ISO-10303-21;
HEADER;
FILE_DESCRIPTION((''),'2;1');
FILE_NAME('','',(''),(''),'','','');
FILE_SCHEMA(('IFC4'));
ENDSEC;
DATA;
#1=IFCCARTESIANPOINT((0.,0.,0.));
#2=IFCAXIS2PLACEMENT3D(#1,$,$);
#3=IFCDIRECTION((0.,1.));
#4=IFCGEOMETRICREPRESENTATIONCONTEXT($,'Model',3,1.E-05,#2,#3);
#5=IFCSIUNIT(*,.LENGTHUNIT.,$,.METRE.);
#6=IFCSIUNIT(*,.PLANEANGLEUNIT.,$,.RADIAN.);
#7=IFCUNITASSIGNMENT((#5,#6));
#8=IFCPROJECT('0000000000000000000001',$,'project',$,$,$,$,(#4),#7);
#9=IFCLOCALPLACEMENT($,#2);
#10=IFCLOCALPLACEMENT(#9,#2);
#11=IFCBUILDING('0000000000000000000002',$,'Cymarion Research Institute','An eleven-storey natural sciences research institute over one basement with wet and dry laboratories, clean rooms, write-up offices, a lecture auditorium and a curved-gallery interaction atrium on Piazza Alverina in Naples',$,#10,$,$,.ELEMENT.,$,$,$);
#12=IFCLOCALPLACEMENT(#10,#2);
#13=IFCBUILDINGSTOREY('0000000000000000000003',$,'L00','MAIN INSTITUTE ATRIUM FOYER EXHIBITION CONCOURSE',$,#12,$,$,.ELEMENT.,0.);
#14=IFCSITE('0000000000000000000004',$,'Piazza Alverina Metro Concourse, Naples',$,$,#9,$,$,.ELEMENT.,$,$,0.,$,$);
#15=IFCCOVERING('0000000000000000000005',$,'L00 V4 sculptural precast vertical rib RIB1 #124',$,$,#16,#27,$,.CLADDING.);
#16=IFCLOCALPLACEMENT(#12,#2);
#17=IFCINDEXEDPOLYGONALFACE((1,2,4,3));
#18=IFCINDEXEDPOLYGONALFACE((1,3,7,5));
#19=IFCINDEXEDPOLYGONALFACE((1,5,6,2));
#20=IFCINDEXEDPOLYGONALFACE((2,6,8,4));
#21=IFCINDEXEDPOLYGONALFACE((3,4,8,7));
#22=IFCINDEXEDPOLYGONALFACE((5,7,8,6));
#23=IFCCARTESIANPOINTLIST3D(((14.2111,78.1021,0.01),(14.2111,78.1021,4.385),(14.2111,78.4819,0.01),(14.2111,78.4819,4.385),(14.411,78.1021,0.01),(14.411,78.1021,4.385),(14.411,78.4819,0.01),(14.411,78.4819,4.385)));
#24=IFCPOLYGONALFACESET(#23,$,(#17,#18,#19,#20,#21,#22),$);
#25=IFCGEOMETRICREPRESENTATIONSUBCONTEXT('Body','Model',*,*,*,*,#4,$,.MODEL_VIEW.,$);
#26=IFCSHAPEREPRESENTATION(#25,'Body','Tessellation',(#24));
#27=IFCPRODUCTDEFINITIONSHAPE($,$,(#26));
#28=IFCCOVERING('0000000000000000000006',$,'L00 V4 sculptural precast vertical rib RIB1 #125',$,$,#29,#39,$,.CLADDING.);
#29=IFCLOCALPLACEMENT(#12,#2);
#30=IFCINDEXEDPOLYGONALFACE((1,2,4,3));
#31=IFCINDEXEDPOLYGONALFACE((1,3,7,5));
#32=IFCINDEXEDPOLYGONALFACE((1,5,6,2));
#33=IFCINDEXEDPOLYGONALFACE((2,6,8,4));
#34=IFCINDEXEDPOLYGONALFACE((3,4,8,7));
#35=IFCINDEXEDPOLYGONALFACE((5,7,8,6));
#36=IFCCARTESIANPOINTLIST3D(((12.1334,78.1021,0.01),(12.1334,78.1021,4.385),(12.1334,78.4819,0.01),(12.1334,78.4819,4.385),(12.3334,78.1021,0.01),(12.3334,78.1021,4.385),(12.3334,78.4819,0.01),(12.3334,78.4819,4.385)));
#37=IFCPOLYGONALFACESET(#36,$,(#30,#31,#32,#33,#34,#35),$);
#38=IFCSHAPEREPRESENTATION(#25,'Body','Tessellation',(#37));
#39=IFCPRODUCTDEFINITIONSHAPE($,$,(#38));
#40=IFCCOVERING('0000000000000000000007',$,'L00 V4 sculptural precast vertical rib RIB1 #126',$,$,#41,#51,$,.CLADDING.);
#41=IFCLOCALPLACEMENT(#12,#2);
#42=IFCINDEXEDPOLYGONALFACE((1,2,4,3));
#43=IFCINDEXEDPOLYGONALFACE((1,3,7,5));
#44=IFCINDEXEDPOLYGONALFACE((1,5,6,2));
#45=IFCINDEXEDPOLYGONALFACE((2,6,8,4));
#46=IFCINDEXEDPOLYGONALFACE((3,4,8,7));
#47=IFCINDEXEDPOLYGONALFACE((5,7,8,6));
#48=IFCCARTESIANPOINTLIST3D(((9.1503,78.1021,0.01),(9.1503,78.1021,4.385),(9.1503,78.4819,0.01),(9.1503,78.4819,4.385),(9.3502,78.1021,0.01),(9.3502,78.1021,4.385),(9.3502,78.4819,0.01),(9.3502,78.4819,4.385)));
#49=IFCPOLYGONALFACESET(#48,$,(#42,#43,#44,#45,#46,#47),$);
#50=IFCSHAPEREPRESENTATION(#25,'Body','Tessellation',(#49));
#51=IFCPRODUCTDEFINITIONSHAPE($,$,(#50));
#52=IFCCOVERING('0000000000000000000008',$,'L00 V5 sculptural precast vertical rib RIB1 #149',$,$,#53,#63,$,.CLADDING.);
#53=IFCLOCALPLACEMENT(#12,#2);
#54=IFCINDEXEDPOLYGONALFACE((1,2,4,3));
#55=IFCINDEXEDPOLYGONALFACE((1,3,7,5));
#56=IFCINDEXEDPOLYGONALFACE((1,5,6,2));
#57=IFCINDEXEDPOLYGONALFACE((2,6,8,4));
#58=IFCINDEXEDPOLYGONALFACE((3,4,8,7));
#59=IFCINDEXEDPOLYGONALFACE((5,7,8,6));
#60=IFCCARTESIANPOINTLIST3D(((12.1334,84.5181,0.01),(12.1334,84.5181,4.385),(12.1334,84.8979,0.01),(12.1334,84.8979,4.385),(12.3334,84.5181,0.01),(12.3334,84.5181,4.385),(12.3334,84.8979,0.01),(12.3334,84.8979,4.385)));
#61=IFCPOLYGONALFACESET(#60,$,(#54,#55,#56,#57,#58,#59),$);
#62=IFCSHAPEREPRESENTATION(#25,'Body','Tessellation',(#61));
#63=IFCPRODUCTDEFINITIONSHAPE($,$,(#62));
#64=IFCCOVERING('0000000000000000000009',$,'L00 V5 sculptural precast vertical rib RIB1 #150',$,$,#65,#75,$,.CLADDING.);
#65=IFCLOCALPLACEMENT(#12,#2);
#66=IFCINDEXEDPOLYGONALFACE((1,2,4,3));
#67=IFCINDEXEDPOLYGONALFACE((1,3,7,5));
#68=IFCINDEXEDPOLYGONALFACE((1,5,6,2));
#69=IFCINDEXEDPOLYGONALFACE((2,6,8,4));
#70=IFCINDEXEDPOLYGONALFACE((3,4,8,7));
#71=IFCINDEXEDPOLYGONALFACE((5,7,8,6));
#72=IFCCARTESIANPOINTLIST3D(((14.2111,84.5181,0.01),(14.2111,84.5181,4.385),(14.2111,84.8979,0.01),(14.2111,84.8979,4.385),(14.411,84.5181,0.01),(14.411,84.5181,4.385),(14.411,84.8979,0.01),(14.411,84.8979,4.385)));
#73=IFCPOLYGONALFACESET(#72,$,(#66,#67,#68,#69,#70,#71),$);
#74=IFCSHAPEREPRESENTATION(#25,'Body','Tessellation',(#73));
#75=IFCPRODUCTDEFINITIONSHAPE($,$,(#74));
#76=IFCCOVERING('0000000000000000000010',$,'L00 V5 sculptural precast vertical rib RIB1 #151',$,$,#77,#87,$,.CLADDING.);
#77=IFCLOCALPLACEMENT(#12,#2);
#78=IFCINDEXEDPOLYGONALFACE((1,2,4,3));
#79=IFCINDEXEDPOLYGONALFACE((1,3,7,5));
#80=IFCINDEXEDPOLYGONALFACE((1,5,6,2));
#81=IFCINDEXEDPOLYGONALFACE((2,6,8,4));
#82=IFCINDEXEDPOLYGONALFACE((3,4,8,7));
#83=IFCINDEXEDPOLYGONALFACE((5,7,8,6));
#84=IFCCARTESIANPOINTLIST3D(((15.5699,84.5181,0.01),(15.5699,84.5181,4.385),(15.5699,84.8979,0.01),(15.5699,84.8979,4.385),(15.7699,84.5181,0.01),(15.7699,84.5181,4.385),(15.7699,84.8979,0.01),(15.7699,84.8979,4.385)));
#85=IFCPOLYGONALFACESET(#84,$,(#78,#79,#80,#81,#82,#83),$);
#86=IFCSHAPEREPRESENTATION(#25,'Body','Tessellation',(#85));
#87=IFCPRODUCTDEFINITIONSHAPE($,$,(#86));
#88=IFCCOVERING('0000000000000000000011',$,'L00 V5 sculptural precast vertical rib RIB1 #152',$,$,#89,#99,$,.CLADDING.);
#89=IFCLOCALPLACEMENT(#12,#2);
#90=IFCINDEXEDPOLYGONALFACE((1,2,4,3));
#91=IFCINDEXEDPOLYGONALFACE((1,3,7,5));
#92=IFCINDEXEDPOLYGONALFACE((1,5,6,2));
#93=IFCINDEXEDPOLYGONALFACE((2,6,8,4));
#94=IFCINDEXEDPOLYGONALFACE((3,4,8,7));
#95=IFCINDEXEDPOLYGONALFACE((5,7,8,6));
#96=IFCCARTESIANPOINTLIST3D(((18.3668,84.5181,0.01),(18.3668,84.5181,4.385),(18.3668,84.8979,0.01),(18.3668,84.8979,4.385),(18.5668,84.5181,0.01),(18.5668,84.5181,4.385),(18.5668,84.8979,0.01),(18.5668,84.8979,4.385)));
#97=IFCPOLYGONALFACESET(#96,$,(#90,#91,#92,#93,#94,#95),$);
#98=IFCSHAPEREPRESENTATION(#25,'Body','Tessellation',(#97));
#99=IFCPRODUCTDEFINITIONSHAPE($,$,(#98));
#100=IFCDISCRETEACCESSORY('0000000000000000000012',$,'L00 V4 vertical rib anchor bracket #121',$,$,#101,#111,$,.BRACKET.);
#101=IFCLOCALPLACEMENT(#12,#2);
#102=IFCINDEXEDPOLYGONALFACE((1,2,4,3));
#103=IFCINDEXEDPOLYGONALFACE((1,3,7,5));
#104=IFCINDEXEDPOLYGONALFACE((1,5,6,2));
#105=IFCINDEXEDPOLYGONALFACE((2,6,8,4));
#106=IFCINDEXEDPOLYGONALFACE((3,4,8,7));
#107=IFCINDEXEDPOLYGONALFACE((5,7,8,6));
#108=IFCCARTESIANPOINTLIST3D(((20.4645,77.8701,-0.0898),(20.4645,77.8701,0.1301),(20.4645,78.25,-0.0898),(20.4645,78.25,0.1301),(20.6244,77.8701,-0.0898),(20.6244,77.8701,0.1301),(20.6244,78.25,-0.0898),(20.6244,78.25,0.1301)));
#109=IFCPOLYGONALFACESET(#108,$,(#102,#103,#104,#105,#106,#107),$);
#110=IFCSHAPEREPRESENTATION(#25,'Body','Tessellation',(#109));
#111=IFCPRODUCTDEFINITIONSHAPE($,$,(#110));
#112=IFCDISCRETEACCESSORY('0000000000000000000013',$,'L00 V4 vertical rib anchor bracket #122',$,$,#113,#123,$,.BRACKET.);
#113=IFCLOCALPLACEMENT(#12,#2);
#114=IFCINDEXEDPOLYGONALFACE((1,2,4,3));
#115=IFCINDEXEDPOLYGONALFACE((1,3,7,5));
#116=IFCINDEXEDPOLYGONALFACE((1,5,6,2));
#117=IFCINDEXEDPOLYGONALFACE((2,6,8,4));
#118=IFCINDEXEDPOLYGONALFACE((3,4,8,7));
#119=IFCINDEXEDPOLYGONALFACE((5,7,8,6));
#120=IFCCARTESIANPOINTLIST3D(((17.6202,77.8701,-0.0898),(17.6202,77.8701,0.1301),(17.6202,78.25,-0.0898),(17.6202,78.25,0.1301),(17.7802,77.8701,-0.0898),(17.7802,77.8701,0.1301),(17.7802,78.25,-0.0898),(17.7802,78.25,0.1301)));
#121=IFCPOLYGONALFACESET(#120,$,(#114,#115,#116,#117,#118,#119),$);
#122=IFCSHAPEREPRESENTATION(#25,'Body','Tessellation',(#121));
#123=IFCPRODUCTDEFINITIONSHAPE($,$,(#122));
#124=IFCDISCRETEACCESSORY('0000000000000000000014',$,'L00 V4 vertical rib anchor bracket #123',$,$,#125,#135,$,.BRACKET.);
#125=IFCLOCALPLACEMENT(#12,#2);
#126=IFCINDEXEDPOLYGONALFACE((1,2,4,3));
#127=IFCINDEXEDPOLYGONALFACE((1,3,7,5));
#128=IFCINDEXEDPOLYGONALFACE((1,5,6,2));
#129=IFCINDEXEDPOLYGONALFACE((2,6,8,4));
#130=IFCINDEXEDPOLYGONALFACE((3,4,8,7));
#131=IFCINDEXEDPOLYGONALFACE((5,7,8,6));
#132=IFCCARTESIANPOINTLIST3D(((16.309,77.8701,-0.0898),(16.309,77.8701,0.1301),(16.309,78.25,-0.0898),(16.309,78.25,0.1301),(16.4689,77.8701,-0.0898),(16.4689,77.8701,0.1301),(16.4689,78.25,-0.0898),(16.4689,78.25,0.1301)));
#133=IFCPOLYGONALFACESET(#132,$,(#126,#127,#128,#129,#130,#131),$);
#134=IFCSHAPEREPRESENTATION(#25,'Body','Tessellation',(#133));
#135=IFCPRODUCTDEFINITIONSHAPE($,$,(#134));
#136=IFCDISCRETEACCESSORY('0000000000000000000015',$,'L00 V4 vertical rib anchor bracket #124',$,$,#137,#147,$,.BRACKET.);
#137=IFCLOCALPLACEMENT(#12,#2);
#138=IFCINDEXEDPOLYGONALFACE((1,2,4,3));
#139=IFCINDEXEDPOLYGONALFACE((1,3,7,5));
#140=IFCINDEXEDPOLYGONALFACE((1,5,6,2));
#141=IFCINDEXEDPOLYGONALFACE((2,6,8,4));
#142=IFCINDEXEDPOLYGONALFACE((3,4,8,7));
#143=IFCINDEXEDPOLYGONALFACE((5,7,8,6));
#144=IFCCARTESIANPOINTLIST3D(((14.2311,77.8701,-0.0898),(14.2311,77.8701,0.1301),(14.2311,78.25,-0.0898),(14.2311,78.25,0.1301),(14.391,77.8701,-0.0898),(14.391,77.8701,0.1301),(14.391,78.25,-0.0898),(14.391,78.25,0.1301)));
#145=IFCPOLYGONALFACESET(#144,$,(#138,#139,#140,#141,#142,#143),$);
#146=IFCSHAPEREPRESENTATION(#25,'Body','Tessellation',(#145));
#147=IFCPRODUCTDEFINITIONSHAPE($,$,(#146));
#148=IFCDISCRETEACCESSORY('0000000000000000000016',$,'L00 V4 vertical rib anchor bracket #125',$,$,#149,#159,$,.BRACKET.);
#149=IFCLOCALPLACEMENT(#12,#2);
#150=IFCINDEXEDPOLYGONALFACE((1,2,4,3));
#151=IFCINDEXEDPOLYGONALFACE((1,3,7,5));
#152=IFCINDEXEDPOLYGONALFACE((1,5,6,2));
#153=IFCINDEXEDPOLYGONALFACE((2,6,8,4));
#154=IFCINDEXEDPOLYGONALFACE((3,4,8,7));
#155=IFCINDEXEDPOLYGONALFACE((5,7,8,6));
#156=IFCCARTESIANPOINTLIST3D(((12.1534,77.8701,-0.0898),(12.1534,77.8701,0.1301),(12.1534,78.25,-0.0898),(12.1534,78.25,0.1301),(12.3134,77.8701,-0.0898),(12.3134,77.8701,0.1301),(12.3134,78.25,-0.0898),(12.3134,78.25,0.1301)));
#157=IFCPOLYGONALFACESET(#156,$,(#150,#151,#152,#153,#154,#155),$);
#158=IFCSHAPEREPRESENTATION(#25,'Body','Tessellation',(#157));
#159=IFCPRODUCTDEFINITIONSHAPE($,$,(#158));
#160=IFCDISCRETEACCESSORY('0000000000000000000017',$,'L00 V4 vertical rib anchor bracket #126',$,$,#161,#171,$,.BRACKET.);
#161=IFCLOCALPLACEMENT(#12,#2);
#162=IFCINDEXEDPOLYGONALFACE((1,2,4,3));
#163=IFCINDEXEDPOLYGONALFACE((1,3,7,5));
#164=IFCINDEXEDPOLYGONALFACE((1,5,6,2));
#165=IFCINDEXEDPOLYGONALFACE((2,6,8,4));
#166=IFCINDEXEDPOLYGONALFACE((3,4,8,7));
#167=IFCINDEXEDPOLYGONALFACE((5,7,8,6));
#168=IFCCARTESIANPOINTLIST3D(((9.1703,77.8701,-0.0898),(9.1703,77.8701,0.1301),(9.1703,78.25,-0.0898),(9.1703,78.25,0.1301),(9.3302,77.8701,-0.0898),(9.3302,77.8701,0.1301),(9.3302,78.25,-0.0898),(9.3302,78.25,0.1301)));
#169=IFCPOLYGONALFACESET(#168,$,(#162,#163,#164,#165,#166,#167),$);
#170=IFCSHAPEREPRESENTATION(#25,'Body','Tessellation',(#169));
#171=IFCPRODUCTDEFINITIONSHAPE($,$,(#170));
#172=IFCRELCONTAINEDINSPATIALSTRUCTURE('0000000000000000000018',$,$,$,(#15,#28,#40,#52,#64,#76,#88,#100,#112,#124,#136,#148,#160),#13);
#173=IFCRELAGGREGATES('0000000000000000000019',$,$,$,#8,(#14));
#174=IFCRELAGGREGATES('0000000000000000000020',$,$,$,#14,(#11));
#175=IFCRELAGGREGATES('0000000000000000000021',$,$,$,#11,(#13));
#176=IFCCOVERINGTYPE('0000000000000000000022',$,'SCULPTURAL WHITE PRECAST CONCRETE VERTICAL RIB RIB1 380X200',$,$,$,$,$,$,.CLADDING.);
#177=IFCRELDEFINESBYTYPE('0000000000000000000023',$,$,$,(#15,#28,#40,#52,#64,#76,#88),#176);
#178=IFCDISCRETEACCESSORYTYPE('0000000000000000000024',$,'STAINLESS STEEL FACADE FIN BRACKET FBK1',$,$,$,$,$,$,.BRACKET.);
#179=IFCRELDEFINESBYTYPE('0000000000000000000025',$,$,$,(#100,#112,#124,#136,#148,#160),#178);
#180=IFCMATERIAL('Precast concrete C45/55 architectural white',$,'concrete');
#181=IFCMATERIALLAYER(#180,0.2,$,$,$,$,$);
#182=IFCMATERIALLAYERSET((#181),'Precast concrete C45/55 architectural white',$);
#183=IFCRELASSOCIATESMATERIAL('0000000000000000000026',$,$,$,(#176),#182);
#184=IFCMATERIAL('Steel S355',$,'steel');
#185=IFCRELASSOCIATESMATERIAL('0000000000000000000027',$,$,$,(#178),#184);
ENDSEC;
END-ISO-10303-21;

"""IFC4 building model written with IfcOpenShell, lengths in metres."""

from ifc_helpers import new_model, si_unit, direction, frame, origin, origin_2d, place, context, subcontext, project, spatial, rectangle, extrude, material, layer, layer_set, type_object, element, save


model = new_model("IFC4")

# Units and contexts
model_context = context("Model", 3, precision=1e-05, world=origin(), true_north=direction((0.0, 1.0)))
body_context = subcontext(model_context, "Body", "Model", "MODEL_VIEW")
ifc_project = project(units=[si_unit("LENGTHUNIT", "METRE"), si_unit("PLANEANGLEUNIT", "RADIAN")], contexts=[model_context])

# Site, building, storey
site_placement = place(None, origin())
site = spatial("IfcSite", under=ifc_project, at=site_placement, Name="Piazza Alverina Metro Concourse, Naples", CompositionType="ELEMENT", RefElevation=0.0)
building_placement = place(site_placement, origin())
building = spatial("IfcBuilding", under=site, at=building_placement, Name="Cymarion Research Institute", Description="An eleven-storey natural sciences research institute over one basement with wet and dry laboratories, clean rooms, write-up offices, a lecture auditorium and a curved-gallery interaction atrium on Piazza Alverina in Naples", CompositionType="ELEMENT")
storey_placement = place(building_placement, origin())
storey = spatial("IfcBuildingStorey", under=building, at=storey_placement, Name="L00", Description="MAIN INSTITUTE ATRIUM FOYER EXHIBITION CONCOURSE", CompositionType="ELEMENT", Elevation=0.0)

# Shared definitions
ifc_material_1 = material(Name="Steel S355", Category="steel")

# Coverings
ifc_material_2 = material(Name="Precast concrete C45/55 architectural white", Category="concrete")
ifc_layer_1 = layer(ifc_material_2, 0.2)
ifc_layer_set_1 = layer_set([ifc_layer_1], Name="Precast concrete C45/55 architectural white")
covering_type = type_object("IfcCoveringType", Name="SCULPTURAL WHITE PRECAST CONCRETE VERTICAL RIB RIB1 380X200", PredefinedType="CLADDING", material=ifc_layer_set_1)
for number, where, z_axis, x_axis, name in (
    (1, (14.311, 78.292, 0.01), (0.0, 0.0, 1.0), (0.0, 1.0, 0.0), "L00 V4 sculptural precast vertical rib RIB1 #124"),
    (2, (12.2334, 78.292, 0.01), (0.0, 0.0, 1.0), (0.0, 1.0, 0.0), "L00 V4 sculptural precast vertical rib RIB1 #125"),
    (3, (9.2502, 78.292, 0.01), (0.0, 0.0, 1.0), (0.0, 1.0, 0.0), "L00 V4 sculptural precast vertical rib RIB1 #126"),
    (4, (12.2334, 84.708, 0.01), (0.0, 0.0, 1.0), (0.0, -1.0, 0.0), "L00 V5 sculptural precast vertical rib RIB1 #149"),
    (5, (14.311, 84.708, 0.01), (0.0, 0.0, 1.0), (0.0, -1.0, 0.0), "L00 V5 sculptural precast vertical rib RIB1 #150"),
    (6, (15.6699, 84.708, 0.01), (0.0, 0.0, 1.0), (0.0, -1.0, 0.0), "L00 V5 sculptural precast vertical rib RIB1 #151"),
    (7, (18.4668, 84.708, 0.01), (0.0, 0.0, 1.0), (0.0, -1.0, 0.0), "L00 V5 sculptural precast vertical rib RIB1 #152"),
):
    element("IfcCovering", number, at=place(storey_placement, frame(where, z_axis=z_axis, x_axis=x_axis)), inside=storey, type_object=covering_type, Name=name, PredefinedType="CLADDING", context=body_context, shape_type="SweptSolid", body=[
        extrude(rectangle(XDim=0.3799, YDim=0.2, at=origin_2d()), origin(), (0.0, 0.0, 1.0), 4.375),
    ])

# Discrete accessories
discrete_accessory_type = type_object("IfcDiscreteAccessoryType", Name="STAINLESS STEEL FACADE FIN BRACKET FBK1", PredefinedType="BRACKET", material=ifc_material_1)
for number, where, z_axis, x_axis, name in (
    (8, (20.5444, 78.0601, -0.0898), (0.0, 0.0, 1.0), (0.0, 1.0, 0.0), "L00 V4 vertical rib anchor bracket #121"),
    (9, (17.7002, 78.0601, -0.0898), (0.0, 0.0, 1.0), (0.0, 1.0, 0.0), "L00 V4 vertical rib anchor bracket #122"),
    (10, (16.3889, 78.0601, -0.0898), (0.0, 0.0, 1.0), (0.0, 1.0, 0.0), "L00 V4 vertical rib anchor bracket #123"),
    (11, (14.311, 78.0601, -0.0898), (0.0, 0.0, 1.0), (0.0, 1.0, 0.0), "L00 V4 vertical rib anchor bracket #124"),
    (12, (12.2334, 78.0601, -0.0898), (0.0, 0.0, 1.0), (0.0, 1.0, 0.0), "L00 V4 vertical rib anchor bracket #125"),
    (13, (9.2502, 78.0601, -0.0898), (0.0, 0.0, 1.0), (0.0, 1.0, 0.0), "L00 V4 vertical rib anchor bracket #126"),
):
    element("IfcDiscreteAccessory", number, at=place(storey_placement, frame(where, z_axis=z_axis, x_axis=x_axis)), inside=storey, type_object=discrete_accessory_type, Name=name, PredefinedType="BRACKET", context=body_context, shape_type="SweptSolid", body=[
        extrude(rectangle(XDim=0.3799, YDim=0.1599, at=origin_2d()), origin(), (0.0, 0.0, 1.0), 0.22),
    ])

save(model, "model.ifc")
